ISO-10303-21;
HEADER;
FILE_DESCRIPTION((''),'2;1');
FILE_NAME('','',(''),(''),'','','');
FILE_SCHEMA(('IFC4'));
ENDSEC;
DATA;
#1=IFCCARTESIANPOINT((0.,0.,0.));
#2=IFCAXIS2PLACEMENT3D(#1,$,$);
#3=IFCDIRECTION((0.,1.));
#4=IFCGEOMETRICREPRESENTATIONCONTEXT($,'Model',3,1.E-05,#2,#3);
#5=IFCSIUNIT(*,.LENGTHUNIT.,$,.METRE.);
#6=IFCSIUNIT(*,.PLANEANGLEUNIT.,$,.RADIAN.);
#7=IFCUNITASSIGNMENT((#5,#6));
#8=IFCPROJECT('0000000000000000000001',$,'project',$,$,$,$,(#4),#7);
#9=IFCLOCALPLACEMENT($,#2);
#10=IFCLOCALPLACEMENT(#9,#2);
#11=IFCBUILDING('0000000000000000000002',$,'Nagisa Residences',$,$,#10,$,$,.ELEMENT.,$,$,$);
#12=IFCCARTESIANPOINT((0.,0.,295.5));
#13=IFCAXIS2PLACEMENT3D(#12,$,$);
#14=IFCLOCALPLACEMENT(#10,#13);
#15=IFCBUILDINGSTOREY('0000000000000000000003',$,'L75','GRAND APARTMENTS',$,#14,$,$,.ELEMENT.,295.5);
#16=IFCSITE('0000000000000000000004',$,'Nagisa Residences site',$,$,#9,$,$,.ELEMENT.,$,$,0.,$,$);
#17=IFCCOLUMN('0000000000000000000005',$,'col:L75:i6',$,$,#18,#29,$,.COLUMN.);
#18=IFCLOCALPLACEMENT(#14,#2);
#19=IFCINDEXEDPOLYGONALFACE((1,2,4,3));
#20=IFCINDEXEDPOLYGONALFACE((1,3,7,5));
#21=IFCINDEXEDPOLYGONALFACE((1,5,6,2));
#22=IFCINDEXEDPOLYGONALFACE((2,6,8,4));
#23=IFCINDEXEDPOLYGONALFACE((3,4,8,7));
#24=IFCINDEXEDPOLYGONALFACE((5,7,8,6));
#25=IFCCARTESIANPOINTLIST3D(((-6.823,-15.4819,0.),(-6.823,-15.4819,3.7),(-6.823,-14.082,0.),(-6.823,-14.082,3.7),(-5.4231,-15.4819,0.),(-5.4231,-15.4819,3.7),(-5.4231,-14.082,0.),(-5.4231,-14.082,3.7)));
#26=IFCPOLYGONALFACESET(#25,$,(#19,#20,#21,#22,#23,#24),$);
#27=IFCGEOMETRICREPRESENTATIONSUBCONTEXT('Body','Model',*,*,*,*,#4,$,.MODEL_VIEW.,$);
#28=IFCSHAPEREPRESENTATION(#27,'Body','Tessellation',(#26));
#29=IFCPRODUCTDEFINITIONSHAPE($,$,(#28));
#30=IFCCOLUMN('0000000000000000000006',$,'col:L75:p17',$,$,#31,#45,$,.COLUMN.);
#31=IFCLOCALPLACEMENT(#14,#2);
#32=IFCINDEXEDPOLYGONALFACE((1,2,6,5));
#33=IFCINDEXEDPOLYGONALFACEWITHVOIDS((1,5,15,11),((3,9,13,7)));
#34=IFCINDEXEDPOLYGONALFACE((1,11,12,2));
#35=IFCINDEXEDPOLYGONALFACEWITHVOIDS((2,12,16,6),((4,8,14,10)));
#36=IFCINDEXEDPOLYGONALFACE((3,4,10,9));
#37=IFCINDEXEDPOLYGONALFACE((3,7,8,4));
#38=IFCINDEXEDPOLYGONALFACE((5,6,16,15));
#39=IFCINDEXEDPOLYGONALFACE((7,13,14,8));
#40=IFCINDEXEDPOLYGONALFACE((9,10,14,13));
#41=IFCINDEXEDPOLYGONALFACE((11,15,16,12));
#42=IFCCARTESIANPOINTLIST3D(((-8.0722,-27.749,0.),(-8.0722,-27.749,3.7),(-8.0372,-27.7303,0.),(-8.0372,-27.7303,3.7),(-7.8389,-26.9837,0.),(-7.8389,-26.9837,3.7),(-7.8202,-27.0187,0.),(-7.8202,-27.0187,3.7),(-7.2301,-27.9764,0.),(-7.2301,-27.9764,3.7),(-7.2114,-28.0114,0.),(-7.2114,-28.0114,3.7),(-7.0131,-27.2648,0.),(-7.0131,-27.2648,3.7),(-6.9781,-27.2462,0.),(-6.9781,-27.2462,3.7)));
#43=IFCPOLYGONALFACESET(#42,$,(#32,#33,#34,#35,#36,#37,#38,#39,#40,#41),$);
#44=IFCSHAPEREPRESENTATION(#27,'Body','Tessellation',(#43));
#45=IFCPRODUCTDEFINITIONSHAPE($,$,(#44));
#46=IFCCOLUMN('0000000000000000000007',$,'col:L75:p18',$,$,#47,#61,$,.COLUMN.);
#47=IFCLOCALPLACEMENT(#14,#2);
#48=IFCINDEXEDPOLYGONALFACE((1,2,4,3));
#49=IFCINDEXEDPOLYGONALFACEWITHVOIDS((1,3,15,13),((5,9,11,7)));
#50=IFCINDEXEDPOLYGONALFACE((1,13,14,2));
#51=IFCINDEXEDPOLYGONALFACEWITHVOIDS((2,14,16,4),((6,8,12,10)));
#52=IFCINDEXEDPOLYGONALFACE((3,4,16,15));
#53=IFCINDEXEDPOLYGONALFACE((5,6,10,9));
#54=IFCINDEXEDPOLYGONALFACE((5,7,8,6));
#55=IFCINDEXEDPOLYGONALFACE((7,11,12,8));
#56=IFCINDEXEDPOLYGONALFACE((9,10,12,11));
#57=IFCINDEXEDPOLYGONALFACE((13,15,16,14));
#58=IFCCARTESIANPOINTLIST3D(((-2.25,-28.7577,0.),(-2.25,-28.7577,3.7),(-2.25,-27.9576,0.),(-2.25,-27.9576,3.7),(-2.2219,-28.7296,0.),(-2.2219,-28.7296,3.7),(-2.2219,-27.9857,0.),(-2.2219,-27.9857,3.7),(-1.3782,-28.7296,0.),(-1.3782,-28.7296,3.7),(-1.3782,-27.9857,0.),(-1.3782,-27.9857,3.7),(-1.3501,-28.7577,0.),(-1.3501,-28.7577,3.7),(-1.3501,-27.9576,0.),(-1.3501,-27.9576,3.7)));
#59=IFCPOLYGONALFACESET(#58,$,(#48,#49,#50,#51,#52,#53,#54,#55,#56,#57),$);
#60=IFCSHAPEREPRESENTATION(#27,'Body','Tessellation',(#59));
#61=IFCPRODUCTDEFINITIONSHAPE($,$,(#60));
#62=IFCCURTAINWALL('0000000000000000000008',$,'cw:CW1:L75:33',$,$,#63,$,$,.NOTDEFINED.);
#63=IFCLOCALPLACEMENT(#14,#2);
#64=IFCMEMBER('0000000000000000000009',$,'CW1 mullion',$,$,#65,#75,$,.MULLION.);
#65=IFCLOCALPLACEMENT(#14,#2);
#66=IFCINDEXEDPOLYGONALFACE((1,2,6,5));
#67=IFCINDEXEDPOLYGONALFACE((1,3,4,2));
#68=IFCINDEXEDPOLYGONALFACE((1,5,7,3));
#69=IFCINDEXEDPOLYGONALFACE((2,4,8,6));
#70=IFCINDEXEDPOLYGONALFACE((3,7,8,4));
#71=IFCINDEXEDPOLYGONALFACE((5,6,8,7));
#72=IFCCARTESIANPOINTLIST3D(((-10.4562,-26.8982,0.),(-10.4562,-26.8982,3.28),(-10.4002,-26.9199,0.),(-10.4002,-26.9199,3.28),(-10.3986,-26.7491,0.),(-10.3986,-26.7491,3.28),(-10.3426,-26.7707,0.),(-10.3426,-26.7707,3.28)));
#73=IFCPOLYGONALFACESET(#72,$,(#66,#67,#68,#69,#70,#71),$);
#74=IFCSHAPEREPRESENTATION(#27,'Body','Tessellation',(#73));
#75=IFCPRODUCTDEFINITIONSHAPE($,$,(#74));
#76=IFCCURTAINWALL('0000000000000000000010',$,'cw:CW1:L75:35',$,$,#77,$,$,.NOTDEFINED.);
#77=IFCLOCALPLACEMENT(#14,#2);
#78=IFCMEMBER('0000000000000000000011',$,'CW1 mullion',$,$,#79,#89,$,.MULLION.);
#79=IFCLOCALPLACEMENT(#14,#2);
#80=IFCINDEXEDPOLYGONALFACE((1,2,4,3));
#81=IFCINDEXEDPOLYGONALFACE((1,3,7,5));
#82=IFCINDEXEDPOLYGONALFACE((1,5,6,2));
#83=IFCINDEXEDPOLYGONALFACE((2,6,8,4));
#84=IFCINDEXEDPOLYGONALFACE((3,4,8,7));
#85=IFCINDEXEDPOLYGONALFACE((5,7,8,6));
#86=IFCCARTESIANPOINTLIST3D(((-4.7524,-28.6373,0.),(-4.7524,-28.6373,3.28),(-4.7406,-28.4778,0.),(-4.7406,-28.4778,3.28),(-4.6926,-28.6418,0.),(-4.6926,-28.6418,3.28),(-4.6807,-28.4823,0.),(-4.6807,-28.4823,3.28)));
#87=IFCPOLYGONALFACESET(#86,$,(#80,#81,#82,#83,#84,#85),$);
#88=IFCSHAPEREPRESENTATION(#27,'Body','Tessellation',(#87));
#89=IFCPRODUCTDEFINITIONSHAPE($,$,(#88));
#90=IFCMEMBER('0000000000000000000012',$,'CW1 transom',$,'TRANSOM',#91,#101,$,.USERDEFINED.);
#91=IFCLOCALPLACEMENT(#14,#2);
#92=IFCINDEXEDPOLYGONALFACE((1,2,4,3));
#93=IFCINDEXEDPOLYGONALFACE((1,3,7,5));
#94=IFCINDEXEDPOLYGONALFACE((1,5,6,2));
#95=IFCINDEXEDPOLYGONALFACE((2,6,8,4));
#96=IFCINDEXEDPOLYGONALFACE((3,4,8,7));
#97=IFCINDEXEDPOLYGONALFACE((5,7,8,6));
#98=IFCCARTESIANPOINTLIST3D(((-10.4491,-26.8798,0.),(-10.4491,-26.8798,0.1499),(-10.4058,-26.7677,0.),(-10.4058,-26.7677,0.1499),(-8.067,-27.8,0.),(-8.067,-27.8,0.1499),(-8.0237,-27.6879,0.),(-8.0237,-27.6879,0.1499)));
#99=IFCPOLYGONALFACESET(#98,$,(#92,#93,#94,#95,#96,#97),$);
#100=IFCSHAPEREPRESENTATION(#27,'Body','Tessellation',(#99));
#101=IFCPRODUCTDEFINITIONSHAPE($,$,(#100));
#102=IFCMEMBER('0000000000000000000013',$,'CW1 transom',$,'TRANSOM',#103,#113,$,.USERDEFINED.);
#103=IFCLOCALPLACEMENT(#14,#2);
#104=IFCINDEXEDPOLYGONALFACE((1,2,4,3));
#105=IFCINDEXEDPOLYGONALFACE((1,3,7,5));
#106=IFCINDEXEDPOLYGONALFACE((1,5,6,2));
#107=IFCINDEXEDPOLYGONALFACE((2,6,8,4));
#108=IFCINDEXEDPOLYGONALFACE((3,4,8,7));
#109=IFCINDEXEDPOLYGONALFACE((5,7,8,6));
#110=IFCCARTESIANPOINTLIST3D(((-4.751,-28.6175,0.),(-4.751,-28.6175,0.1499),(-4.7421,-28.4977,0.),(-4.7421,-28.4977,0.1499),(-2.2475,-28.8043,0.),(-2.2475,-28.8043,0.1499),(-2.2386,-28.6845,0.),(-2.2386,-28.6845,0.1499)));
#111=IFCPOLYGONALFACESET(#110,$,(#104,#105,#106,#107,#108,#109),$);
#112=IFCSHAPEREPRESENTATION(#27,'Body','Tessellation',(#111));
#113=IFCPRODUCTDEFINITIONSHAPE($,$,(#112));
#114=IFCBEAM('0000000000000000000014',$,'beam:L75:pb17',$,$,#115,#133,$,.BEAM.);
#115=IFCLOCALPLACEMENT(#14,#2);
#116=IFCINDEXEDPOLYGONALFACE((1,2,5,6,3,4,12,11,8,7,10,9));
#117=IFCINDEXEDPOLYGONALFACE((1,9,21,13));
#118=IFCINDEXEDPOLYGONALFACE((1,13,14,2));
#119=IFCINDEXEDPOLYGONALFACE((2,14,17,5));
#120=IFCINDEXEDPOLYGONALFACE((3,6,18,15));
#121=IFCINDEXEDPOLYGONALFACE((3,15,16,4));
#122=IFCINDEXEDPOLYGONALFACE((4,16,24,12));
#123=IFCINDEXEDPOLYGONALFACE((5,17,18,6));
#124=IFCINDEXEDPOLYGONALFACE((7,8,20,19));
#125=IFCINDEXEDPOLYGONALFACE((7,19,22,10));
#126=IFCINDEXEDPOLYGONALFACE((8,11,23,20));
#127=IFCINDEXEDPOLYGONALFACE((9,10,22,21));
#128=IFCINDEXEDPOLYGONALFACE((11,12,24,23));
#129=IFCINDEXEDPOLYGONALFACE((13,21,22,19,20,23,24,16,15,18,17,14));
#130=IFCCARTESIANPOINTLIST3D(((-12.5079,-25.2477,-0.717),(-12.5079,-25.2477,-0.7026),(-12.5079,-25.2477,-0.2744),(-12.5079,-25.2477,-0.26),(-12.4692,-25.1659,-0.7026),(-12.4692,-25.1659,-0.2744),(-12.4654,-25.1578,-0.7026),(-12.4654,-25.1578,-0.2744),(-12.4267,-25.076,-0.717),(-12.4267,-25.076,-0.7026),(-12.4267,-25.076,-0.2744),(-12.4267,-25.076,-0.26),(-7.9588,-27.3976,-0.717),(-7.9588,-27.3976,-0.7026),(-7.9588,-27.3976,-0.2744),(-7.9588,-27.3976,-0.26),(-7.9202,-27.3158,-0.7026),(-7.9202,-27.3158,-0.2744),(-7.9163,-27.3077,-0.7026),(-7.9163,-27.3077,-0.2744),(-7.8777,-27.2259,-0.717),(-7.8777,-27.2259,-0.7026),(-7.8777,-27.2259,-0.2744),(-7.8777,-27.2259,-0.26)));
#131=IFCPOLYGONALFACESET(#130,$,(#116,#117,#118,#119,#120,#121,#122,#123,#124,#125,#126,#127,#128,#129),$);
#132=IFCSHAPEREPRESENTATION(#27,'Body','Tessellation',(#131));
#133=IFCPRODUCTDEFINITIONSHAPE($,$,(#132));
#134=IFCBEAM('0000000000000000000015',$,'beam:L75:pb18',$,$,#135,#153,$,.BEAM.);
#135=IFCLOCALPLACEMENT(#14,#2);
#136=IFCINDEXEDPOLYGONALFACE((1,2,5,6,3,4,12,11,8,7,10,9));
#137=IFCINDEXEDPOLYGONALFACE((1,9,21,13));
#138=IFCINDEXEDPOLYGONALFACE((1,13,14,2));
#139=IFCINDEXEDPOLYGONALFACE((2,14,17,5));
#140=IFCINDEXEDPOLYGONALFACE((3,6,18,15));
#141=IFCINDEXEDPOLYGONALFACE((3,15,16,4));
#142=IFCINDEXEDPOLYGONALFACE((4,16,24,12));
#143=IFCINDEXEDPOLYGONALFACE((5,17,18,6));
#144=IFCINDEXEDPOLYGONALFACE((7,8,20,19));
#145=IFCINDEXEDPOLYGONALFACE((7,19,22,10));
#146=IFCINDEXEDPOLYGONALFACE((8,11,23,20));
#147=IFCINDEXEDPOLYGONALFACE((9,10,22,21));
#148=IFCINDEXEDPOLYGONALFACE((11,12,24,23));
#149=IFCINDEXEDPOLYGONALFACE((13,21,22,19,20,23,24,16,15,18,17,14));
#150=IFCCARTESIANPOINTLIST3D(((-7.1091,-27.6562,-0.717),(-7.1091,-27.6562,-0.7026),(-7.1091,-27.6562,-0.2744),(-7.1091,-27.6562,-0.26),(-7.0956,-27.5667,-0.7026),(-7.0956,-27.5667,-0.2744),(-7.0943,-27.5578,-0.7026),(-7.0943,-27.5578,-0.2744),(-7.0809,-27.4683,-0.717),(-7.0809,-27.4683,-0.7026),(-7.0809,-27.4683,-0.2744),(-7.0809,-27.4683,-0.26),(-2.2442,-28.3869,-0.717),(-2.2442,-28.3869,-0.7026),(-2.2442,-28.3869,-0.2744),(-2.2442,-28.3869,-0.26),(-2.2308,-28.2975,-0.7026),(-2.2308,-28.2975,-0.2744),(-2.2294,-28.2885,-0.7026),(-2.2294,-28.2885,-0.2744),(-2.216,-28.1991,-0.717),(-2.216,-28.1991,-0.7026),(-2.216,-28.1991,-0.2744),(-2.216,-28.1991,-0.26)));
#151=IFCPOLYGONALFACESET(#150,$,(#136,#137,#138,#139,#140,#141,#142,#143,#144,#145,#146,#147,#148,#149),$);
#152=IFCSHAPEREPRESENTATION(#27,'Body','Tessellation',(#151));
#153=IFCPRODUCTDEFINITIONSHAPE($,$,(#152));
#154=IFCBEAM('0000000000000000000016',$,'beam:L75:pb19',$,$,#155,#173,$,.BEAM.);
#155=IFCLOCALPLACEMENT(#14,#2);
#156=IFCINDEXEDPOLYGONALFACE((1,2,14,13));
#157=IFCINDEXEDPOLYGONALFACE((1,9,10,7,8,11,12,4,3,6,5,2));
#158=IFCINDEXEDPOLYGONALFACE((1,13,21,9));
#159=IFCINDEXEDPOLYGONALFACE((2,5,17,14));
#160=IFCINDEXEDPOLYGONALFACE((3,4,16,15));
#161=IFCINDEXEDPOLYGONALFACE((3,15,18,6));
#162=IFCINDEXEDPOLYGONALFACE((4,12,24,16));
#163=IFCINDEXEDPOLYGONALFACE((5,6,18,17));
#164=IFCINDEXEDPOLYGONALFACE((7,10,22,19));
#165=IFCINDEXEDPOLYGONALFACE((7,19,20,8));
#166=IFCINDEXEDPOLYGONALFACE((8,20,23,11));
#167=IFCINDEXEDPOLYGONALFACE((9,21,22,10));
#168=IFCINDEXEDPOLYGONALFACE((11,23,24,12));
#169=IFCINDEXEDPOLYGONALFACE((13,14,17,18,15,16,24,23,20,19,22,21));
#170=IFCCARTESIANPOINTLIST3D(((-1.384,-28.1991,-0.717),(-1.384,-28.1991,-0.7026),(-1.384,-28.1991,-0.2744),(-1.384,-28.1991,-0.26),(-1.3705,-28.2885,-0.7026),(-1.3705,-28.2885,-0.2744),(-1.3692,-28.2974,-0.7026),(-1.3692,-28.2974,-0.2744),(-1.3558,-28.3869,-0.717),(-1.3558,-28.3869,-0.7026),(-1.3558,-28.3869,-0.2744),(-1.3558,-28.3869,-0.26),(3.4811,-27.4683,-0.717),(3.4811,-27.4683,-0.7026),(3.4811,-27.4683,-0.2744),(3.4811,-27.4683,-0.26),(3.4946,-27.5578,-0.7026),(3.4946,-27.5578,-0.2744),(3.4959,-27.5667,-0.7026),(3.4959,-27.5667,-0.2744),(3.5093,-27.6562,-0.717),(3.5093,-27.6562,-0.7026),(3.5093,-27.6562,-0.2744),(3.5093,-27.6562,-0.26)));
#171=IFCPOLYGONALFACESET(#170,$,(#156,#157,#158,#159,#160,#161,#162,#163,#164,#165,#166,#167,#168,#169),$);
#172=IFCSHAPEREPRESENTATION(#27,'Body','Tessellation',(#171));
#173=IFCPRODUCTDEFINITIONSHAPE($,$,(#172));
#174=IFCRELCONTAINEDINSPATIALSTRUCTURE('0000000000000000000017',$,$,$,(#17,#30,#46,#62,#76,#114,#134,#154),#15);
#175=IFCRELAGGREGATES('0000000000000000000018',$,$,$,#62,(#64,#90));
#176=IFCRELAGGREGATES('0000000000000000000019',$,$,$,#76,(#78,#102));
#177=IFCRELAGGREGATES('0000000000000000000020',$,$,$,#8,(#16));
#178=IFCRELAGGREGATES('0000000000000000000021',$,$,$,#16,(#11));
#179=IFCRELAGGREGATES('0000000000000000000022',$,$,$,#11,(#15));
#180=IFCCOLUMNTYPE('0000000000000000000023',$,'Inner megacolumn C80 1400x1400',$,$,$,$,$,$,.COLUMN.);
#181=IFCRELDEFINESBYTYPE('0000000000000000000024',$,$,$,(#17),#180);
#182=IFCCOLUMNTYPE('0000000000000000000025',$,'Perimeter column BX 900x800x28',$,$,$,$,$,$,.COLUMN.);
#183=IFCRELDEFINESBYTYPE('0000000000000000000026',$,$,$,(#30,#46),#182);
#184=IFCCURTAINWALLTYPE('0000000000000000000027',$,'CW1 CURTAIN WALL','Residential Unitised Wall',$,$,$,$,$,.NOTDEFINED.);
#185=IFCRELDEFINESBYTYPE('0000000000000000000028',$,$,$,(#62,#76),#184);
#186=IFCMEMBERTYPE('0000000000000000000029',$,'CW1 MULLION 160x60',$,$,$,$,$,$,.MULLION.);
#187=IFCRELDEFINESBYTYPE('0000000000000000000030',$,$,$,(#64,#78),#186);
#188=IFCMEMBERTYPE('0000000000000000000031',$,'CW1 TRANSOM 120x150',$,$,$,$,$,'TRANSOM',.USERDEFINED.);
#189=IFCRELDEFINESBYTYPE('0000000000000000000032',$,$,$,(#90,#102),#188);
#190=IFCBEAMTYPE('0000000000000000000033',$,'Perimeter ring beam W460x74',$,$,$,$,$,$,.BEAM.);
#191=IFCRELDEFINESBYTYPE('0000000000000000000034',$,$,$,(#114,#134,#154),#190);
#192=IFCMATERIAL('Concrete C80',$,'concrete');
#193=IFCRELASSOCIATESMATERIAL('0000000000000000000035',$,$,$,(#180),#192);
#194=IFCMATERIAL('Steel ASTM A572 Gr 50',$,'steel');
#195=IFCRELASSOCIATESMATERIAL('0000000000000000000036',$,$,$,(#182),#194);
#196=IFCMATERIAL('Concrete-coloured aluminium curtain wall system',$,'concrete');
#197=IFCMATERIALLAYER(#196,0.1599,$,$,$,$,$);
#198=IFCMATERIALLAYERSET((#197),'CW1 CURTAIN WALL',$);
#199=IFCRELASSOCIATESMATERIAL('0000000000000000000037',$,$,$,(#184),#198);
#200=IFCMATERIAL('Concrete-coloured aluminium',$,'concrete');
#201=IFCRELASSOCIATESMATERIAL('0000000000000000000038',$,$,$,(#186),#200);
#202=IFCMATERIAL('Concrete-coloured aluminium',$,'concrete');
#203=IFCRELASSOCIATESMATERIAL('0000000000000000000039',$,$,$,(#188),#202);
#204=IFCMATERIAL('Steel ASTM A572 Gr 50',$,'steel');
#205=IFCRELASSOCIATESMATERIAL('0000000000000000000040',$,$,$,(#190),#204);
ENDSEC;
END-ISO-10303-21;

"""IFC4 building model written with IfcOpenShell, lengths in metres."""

from ifc_helpers import new_model, si_unit, direction, frame, origin, origin_2d, place, context, subcontext, project, spatial, rectangle, hollow_rectangle, i_section, extrude, material, layer, layer_set, material_profile, profile_set, type_object, element, aggregate, save


model = new_model("IFC4")

# Units and contexts
model_context = context("Model", 3, precision=1e-05, world=origin(), true_north=direction((0.0, 1.0)))
body_context = subcontext(model_context, "Body", "Model", "MODEL_VIEW")
ifc_project = project(units=[si_unit("LENGTHUNIT", "METRE"), si_unit("PLANEANGLEUNIT", "RADIAN")], contexts=[model_context])

# Site, building, storey
site_placement = place(None, origin())
site = spatial("IfcSite", under=ifc_project, at=site_placement, Name="Nagisa Residences site", CompositionType="ELEMENT", RefElevation=0.0)
building_placement = place(site_placement, origin())
building = spatial("IfcBuilding", under=site, at=building_placement, Name="Nagisa Residences", CompositionType="ELEMENT")
storey_placement = place(building_placement, frame((0.0, 0.0, 295.5)))
storey = spatial("IfcBuildingStorey", under=building, at=storey_placement, Name="L75", Description="GRAND APARTMENTS", CompositionType="ELEMENT", Elevation=295.5)

# Columns
ifc_material_1 = material(Name="Concrete C80", Category="concrete")
ifc_material_profile_1 = material_profile(ifc_material_1, rectangle(XDim=1.3999, YDim=1.3999, at=origin_2d()), Name="C80 1400x1400")
ifc_profile_set_1 = profile_set([ifc_material_profile_1], Name="Concrete C80")
column_type_1 = type_object("IfcColumnType", Name="Inner megacolumn C80 1400x1400", PredefinedType="COLUMN", material=ifc_profile_set_1)
column_placement = place(storey_placement, frame((-6.123, -14.782, 0.0), z_axis=(0.0, 0.0, 1.0), x_axis=(1.0, 0.0, 0.0)))
element("IfcColumn", 1, at=column_placement, inside=storey, type_object=column_type_1, Name="col:L75:i6", PredefinedType="COLUMN", context=body_context, shape_type="SweptSolid", body=[
    extrude(rectangle(XDim=1.3999, YDim=1.3999, at=origin_2d()), origin(), (0.0, 0.0, 1.0), 3.7),
])
ifc_material_2 = material(Name="Steel ASTM A572 Gr 50", Category="steel")
ifc_material_profile_2 = material_profile(ifc_material_2, hollow_rectangle(XDim=0.8999, YDim=0.8, WallThickness=0.0281, at=origin_2d()), Name="BX 900x800x28")
ifc_profile_set_2 = profile_set([ifc_material_profile_2], Name="Steel ASTM A572 Gr 50")
column_type_2 = type_object("IfcColumnType", Name="Perimeter column BX 900x800x28", PredefinedType="COLUMN", material=ifc_profile_set_2)
for number, where, z_axis, x_axis, name in (
    (2, (-7.5251, -27.4976, 0.0), (0.0, 0.0, 1.0), (0.956525, -0.291652, 0.0), "col:L75:p17"),
    (3, (-1.8, -28.3577, 0.0), (0.0, 0.0, 1.0), (1.0, 0.0, 0.0), "col:L75:p18"),
):
    element("IfcColumn", number, at=place(storey_placement, frame(where, z_axis=z_axis, x_axis=x_axis)), inside=storey, type_object=column_type_2, Name=name, PredefinedType="COLUMN", context=body_context, shape_type="SweptSolid", body=[
        extrude(hollow_rectangle(XDim=0.8999, YDim=0.8, WallThickness=0.0281, at=origin_2d()), origin(), (0.0, 0.0, 1.0), 3.7),
    ])

# Curtain walls, members
ifc_material_3 = material(Name="Concrete-coloured aluminium curtain wall system", Category="concrete")
ifc_layer_1 = layer(ifc_material_3, 0.1599)
ifc_layer_set_1 = layer_set([ifc_layer_1], Name="CW1 CURTAIN WALL")
curtain_wall_type = type_object("IfcCurtainWallType", Name="CW1 CURTAIN WALL", Description="Residential Unitised Wall", PredefinedType="NOTDEFINED", material=ifc_layer_set_1)
curtain_wall_1_placement = place(storey_placement, origin())
curtain_wall_1 = element("IfcCurtainWall", 4, at=curtain_wall_1_placement, inside=storey, type_object=curtain_wall_type, Name="cw:CW1:L75:33", PredefinedType="NOTDEFINED")
ifc_material_4 = material(Name="Concrete-coloured aluminium", Category="concrete")
ifc_material_profile_3 = material_profile(ifc_material_4, rectangle(XDim=0.1599, YDim=0.0601, at=origin_2d()), Name="CW1 MULLION 160x60")
ifc_profile_set_3 = profile_set([ifc_material_profile_3], Name="Concrete-coloured aluminium")
member_type_1 = type_object("IfcMemberType", Name="CW1 MULLION 160x60", PredefinedType="MULLION", material=ifc_profile_set_3)
member_1_placement = place(storey_placement, frame((-10.3994, -26.8345, 0.0), z_axis=(0.0, 0.0, 1.0), x_axis=(0.360328, 0.932826, 0.0)))
member_1 = element("IfcMember", 5, at=member_1_placement, type_object=member_type_1, Name="CW1 mullion", PredefinedType="MULLION", context=body_context, shape_type="SweptSolid", body=[
    extrude(rectangle(XDim=0.1599, YDim=0.0601, at=origin_2d()), origin(), (0.0, 0.0, 1.0), 3.28),
])
curtain_wall_2_placement = place(storey_placement, origin())
curtain_wall_2 = element("IfcCurtainWall", 6, at=curtain_wall_2_placement, inside=storey, type_object=curtain_wall_type, Name="cw:CW1:L75:35", PredefinedType="NOTDEFINED")
member_2_placement = place(storey_placement, frame((-4.7166, -28.5598, 0.0), z_axis=(0.0, 0.0, 1.0), x_axis=(0.074377, 0.99723, 0.0)))
member_2 = element("IfcMember", 7, at=member_2_placement, type_object=member_type_1, Name="CW1 mullion", PredefinedType="MULLION", context=body_context, shape_type="SweptSolid", body=[
    extrude(rectangle(XDim=0.1599, YDim=0.0601, at=origin_2d()), origin(), (0.0, 0.0, 1.0), 3.28),
])

# Members
ifc_material_5 = material(Name="Concrete-coloured aluminium", Category="concrete")
ifc_material_profile_4 = material_profile(ifc_material_5, rectangle(XDim=0.1201, YDim=0.1499, at=origin_2d()), Name="CW1 TRANSOM 120x150")
ifc_profile_set_4 = profile_set([ifc_material_profile_4], Name="Concrete-coloured aluminium")
member_type_2 = type_object("IfcMemberType", Name="CW1 TRANSOM 120x150", ElementType="TRANSOM", PredefinedType="USERDEFINED", material=ifc_profile_set_4)
member_3_placement = place(storey_placement, frame((-10.4275, -26.8237, 0.075), z_axis=(0.932822, -0.360337, 0.0), x_axis=(0.360337, 0.932822, 0.0)))
member_3 = element("IfcMember", 8, at=member_3_placement, type_object=member_type_2, Name="CW1 transom", ObjectType="TRANSOM", PredefinedType="USERDEFINED", context=body_context, shape_type="SweptSolid", body=[
    extrude(rectangle(XDim=0.1201, YDim=0.1499, at=origin_2d()), origin(), (0.0, 0.0, 1.0), 2.5537),
])
member_4_placement = place(storey_placement, frame((-4.7466, -28.5576, 0.075), z_axis=(0.997229, -0.074391, 0.0), x_axis=(0.074391, 0.997229, 0.0)))
member_4 = element("IfcMember", 9, at=member_4_placement, type_object=member_type_2, Name="CW1 transom", ObjectType="TRANSOM", PredefinedType="USERDEFINED", context=body_context, shape_type="SweptSolid", body=[
    extrude(rectangle(XDim=0.1201, YDim=0.1499, at=origin_2d()), origin(), (0.0, 0.0, 1.0), 2.5105),
])

# Beams
ifc_material_6 = material(Name="Steel ASTM A572 Gr 50", Category="steel")
ifc_material_profile_5 = material_profile(ifc_material_6, i_section(OverallWidth=0.1899, OverallDepth=0.457, WebThickness=0.009, FlangeThickness=0.0144, at=origin_2d()), Name="W460x74")
ifc_profile_set_5 = profile_set([ifc_material_profile_5], Name="Steel ASTM A572 Gr 50")
beam_type_1 = type_object("IfcBeamType", Name="Perimeter ring beam W460x74", PredefinedType="BEAM", material=ifc_profile_set_5)
beam_1_placement = place(storey_placement, frame((-12.4673, -25.1619, -0.4885), z_axis=(0.904116, -0.427287, 0.0), x_axis=(0.427287, 0.904116, 0.0)))
element("IfcBeam", 10, at=beam_1_placement, inside=storey, type_object=beam_type_1, Name="beam:L75:pb17", PredefinedType="BEAM", context=body_context, shape_type="SweptSolid", body=[
    extrude(i_section(OverallWidth=0.1899, OverallDepth=0.457, WebThickness=0.009, FlangeThickness=0.0144, at=origin_2d()), origin(), (0.0, 0.0, 1.0), 5.0315),
])
beam_2_placement = place(storey_placement, frame((-7.095, -27.5623, -0.4885), z_axis=(0.988906, -0.148539, 0.0), x_axis=(0.148539, 0.988906, 0.0)))
element("IfcBeam", 11, at=beam_2_placement, inside=storey, type_object=beam_type_1, Name="beam:L75:pb18", PredefinedType="BEAM", context=body_context, shape_type="SweptSolid", body=[
    extrude(i_section(OverallWidth=0.1899, OverallDepth=0.457, WebThickness=0.009, FlangeThickness=0.0144, at=origin_2d()), origin(), (0.0, 0.0, 1.0), 4.9194),
])
beam_3_placement = place(storey_placement, frame((-1.3699, -28.293, -0.4885), z_axis=(0.988908, 0.148532, 0.0), x_axis=(-0.148532, 0.988908, 0.0)))
element("IfcBeam", 12, at=beam_3_placement, inside=storey, type_object=beam_type_1, Name="beam:L75:pb19", PredefinedType="BEAM", context=body_context, shape_type="SweptSolid", body=[
    extrude(i_section(OverallWidth=0.1899, OverallDepth=0.457, WebThickness=0.009, FlangeThickness=0.0144, at=origin_2d()), origin(), (0.0, 0.0, 1.0), 4.9197),
])

aggregate(curtain_wall_1, [member_1, member_3])
aggregate(curtain_wall_2, [member_2, member_4])

save(model, "model.ifc")
